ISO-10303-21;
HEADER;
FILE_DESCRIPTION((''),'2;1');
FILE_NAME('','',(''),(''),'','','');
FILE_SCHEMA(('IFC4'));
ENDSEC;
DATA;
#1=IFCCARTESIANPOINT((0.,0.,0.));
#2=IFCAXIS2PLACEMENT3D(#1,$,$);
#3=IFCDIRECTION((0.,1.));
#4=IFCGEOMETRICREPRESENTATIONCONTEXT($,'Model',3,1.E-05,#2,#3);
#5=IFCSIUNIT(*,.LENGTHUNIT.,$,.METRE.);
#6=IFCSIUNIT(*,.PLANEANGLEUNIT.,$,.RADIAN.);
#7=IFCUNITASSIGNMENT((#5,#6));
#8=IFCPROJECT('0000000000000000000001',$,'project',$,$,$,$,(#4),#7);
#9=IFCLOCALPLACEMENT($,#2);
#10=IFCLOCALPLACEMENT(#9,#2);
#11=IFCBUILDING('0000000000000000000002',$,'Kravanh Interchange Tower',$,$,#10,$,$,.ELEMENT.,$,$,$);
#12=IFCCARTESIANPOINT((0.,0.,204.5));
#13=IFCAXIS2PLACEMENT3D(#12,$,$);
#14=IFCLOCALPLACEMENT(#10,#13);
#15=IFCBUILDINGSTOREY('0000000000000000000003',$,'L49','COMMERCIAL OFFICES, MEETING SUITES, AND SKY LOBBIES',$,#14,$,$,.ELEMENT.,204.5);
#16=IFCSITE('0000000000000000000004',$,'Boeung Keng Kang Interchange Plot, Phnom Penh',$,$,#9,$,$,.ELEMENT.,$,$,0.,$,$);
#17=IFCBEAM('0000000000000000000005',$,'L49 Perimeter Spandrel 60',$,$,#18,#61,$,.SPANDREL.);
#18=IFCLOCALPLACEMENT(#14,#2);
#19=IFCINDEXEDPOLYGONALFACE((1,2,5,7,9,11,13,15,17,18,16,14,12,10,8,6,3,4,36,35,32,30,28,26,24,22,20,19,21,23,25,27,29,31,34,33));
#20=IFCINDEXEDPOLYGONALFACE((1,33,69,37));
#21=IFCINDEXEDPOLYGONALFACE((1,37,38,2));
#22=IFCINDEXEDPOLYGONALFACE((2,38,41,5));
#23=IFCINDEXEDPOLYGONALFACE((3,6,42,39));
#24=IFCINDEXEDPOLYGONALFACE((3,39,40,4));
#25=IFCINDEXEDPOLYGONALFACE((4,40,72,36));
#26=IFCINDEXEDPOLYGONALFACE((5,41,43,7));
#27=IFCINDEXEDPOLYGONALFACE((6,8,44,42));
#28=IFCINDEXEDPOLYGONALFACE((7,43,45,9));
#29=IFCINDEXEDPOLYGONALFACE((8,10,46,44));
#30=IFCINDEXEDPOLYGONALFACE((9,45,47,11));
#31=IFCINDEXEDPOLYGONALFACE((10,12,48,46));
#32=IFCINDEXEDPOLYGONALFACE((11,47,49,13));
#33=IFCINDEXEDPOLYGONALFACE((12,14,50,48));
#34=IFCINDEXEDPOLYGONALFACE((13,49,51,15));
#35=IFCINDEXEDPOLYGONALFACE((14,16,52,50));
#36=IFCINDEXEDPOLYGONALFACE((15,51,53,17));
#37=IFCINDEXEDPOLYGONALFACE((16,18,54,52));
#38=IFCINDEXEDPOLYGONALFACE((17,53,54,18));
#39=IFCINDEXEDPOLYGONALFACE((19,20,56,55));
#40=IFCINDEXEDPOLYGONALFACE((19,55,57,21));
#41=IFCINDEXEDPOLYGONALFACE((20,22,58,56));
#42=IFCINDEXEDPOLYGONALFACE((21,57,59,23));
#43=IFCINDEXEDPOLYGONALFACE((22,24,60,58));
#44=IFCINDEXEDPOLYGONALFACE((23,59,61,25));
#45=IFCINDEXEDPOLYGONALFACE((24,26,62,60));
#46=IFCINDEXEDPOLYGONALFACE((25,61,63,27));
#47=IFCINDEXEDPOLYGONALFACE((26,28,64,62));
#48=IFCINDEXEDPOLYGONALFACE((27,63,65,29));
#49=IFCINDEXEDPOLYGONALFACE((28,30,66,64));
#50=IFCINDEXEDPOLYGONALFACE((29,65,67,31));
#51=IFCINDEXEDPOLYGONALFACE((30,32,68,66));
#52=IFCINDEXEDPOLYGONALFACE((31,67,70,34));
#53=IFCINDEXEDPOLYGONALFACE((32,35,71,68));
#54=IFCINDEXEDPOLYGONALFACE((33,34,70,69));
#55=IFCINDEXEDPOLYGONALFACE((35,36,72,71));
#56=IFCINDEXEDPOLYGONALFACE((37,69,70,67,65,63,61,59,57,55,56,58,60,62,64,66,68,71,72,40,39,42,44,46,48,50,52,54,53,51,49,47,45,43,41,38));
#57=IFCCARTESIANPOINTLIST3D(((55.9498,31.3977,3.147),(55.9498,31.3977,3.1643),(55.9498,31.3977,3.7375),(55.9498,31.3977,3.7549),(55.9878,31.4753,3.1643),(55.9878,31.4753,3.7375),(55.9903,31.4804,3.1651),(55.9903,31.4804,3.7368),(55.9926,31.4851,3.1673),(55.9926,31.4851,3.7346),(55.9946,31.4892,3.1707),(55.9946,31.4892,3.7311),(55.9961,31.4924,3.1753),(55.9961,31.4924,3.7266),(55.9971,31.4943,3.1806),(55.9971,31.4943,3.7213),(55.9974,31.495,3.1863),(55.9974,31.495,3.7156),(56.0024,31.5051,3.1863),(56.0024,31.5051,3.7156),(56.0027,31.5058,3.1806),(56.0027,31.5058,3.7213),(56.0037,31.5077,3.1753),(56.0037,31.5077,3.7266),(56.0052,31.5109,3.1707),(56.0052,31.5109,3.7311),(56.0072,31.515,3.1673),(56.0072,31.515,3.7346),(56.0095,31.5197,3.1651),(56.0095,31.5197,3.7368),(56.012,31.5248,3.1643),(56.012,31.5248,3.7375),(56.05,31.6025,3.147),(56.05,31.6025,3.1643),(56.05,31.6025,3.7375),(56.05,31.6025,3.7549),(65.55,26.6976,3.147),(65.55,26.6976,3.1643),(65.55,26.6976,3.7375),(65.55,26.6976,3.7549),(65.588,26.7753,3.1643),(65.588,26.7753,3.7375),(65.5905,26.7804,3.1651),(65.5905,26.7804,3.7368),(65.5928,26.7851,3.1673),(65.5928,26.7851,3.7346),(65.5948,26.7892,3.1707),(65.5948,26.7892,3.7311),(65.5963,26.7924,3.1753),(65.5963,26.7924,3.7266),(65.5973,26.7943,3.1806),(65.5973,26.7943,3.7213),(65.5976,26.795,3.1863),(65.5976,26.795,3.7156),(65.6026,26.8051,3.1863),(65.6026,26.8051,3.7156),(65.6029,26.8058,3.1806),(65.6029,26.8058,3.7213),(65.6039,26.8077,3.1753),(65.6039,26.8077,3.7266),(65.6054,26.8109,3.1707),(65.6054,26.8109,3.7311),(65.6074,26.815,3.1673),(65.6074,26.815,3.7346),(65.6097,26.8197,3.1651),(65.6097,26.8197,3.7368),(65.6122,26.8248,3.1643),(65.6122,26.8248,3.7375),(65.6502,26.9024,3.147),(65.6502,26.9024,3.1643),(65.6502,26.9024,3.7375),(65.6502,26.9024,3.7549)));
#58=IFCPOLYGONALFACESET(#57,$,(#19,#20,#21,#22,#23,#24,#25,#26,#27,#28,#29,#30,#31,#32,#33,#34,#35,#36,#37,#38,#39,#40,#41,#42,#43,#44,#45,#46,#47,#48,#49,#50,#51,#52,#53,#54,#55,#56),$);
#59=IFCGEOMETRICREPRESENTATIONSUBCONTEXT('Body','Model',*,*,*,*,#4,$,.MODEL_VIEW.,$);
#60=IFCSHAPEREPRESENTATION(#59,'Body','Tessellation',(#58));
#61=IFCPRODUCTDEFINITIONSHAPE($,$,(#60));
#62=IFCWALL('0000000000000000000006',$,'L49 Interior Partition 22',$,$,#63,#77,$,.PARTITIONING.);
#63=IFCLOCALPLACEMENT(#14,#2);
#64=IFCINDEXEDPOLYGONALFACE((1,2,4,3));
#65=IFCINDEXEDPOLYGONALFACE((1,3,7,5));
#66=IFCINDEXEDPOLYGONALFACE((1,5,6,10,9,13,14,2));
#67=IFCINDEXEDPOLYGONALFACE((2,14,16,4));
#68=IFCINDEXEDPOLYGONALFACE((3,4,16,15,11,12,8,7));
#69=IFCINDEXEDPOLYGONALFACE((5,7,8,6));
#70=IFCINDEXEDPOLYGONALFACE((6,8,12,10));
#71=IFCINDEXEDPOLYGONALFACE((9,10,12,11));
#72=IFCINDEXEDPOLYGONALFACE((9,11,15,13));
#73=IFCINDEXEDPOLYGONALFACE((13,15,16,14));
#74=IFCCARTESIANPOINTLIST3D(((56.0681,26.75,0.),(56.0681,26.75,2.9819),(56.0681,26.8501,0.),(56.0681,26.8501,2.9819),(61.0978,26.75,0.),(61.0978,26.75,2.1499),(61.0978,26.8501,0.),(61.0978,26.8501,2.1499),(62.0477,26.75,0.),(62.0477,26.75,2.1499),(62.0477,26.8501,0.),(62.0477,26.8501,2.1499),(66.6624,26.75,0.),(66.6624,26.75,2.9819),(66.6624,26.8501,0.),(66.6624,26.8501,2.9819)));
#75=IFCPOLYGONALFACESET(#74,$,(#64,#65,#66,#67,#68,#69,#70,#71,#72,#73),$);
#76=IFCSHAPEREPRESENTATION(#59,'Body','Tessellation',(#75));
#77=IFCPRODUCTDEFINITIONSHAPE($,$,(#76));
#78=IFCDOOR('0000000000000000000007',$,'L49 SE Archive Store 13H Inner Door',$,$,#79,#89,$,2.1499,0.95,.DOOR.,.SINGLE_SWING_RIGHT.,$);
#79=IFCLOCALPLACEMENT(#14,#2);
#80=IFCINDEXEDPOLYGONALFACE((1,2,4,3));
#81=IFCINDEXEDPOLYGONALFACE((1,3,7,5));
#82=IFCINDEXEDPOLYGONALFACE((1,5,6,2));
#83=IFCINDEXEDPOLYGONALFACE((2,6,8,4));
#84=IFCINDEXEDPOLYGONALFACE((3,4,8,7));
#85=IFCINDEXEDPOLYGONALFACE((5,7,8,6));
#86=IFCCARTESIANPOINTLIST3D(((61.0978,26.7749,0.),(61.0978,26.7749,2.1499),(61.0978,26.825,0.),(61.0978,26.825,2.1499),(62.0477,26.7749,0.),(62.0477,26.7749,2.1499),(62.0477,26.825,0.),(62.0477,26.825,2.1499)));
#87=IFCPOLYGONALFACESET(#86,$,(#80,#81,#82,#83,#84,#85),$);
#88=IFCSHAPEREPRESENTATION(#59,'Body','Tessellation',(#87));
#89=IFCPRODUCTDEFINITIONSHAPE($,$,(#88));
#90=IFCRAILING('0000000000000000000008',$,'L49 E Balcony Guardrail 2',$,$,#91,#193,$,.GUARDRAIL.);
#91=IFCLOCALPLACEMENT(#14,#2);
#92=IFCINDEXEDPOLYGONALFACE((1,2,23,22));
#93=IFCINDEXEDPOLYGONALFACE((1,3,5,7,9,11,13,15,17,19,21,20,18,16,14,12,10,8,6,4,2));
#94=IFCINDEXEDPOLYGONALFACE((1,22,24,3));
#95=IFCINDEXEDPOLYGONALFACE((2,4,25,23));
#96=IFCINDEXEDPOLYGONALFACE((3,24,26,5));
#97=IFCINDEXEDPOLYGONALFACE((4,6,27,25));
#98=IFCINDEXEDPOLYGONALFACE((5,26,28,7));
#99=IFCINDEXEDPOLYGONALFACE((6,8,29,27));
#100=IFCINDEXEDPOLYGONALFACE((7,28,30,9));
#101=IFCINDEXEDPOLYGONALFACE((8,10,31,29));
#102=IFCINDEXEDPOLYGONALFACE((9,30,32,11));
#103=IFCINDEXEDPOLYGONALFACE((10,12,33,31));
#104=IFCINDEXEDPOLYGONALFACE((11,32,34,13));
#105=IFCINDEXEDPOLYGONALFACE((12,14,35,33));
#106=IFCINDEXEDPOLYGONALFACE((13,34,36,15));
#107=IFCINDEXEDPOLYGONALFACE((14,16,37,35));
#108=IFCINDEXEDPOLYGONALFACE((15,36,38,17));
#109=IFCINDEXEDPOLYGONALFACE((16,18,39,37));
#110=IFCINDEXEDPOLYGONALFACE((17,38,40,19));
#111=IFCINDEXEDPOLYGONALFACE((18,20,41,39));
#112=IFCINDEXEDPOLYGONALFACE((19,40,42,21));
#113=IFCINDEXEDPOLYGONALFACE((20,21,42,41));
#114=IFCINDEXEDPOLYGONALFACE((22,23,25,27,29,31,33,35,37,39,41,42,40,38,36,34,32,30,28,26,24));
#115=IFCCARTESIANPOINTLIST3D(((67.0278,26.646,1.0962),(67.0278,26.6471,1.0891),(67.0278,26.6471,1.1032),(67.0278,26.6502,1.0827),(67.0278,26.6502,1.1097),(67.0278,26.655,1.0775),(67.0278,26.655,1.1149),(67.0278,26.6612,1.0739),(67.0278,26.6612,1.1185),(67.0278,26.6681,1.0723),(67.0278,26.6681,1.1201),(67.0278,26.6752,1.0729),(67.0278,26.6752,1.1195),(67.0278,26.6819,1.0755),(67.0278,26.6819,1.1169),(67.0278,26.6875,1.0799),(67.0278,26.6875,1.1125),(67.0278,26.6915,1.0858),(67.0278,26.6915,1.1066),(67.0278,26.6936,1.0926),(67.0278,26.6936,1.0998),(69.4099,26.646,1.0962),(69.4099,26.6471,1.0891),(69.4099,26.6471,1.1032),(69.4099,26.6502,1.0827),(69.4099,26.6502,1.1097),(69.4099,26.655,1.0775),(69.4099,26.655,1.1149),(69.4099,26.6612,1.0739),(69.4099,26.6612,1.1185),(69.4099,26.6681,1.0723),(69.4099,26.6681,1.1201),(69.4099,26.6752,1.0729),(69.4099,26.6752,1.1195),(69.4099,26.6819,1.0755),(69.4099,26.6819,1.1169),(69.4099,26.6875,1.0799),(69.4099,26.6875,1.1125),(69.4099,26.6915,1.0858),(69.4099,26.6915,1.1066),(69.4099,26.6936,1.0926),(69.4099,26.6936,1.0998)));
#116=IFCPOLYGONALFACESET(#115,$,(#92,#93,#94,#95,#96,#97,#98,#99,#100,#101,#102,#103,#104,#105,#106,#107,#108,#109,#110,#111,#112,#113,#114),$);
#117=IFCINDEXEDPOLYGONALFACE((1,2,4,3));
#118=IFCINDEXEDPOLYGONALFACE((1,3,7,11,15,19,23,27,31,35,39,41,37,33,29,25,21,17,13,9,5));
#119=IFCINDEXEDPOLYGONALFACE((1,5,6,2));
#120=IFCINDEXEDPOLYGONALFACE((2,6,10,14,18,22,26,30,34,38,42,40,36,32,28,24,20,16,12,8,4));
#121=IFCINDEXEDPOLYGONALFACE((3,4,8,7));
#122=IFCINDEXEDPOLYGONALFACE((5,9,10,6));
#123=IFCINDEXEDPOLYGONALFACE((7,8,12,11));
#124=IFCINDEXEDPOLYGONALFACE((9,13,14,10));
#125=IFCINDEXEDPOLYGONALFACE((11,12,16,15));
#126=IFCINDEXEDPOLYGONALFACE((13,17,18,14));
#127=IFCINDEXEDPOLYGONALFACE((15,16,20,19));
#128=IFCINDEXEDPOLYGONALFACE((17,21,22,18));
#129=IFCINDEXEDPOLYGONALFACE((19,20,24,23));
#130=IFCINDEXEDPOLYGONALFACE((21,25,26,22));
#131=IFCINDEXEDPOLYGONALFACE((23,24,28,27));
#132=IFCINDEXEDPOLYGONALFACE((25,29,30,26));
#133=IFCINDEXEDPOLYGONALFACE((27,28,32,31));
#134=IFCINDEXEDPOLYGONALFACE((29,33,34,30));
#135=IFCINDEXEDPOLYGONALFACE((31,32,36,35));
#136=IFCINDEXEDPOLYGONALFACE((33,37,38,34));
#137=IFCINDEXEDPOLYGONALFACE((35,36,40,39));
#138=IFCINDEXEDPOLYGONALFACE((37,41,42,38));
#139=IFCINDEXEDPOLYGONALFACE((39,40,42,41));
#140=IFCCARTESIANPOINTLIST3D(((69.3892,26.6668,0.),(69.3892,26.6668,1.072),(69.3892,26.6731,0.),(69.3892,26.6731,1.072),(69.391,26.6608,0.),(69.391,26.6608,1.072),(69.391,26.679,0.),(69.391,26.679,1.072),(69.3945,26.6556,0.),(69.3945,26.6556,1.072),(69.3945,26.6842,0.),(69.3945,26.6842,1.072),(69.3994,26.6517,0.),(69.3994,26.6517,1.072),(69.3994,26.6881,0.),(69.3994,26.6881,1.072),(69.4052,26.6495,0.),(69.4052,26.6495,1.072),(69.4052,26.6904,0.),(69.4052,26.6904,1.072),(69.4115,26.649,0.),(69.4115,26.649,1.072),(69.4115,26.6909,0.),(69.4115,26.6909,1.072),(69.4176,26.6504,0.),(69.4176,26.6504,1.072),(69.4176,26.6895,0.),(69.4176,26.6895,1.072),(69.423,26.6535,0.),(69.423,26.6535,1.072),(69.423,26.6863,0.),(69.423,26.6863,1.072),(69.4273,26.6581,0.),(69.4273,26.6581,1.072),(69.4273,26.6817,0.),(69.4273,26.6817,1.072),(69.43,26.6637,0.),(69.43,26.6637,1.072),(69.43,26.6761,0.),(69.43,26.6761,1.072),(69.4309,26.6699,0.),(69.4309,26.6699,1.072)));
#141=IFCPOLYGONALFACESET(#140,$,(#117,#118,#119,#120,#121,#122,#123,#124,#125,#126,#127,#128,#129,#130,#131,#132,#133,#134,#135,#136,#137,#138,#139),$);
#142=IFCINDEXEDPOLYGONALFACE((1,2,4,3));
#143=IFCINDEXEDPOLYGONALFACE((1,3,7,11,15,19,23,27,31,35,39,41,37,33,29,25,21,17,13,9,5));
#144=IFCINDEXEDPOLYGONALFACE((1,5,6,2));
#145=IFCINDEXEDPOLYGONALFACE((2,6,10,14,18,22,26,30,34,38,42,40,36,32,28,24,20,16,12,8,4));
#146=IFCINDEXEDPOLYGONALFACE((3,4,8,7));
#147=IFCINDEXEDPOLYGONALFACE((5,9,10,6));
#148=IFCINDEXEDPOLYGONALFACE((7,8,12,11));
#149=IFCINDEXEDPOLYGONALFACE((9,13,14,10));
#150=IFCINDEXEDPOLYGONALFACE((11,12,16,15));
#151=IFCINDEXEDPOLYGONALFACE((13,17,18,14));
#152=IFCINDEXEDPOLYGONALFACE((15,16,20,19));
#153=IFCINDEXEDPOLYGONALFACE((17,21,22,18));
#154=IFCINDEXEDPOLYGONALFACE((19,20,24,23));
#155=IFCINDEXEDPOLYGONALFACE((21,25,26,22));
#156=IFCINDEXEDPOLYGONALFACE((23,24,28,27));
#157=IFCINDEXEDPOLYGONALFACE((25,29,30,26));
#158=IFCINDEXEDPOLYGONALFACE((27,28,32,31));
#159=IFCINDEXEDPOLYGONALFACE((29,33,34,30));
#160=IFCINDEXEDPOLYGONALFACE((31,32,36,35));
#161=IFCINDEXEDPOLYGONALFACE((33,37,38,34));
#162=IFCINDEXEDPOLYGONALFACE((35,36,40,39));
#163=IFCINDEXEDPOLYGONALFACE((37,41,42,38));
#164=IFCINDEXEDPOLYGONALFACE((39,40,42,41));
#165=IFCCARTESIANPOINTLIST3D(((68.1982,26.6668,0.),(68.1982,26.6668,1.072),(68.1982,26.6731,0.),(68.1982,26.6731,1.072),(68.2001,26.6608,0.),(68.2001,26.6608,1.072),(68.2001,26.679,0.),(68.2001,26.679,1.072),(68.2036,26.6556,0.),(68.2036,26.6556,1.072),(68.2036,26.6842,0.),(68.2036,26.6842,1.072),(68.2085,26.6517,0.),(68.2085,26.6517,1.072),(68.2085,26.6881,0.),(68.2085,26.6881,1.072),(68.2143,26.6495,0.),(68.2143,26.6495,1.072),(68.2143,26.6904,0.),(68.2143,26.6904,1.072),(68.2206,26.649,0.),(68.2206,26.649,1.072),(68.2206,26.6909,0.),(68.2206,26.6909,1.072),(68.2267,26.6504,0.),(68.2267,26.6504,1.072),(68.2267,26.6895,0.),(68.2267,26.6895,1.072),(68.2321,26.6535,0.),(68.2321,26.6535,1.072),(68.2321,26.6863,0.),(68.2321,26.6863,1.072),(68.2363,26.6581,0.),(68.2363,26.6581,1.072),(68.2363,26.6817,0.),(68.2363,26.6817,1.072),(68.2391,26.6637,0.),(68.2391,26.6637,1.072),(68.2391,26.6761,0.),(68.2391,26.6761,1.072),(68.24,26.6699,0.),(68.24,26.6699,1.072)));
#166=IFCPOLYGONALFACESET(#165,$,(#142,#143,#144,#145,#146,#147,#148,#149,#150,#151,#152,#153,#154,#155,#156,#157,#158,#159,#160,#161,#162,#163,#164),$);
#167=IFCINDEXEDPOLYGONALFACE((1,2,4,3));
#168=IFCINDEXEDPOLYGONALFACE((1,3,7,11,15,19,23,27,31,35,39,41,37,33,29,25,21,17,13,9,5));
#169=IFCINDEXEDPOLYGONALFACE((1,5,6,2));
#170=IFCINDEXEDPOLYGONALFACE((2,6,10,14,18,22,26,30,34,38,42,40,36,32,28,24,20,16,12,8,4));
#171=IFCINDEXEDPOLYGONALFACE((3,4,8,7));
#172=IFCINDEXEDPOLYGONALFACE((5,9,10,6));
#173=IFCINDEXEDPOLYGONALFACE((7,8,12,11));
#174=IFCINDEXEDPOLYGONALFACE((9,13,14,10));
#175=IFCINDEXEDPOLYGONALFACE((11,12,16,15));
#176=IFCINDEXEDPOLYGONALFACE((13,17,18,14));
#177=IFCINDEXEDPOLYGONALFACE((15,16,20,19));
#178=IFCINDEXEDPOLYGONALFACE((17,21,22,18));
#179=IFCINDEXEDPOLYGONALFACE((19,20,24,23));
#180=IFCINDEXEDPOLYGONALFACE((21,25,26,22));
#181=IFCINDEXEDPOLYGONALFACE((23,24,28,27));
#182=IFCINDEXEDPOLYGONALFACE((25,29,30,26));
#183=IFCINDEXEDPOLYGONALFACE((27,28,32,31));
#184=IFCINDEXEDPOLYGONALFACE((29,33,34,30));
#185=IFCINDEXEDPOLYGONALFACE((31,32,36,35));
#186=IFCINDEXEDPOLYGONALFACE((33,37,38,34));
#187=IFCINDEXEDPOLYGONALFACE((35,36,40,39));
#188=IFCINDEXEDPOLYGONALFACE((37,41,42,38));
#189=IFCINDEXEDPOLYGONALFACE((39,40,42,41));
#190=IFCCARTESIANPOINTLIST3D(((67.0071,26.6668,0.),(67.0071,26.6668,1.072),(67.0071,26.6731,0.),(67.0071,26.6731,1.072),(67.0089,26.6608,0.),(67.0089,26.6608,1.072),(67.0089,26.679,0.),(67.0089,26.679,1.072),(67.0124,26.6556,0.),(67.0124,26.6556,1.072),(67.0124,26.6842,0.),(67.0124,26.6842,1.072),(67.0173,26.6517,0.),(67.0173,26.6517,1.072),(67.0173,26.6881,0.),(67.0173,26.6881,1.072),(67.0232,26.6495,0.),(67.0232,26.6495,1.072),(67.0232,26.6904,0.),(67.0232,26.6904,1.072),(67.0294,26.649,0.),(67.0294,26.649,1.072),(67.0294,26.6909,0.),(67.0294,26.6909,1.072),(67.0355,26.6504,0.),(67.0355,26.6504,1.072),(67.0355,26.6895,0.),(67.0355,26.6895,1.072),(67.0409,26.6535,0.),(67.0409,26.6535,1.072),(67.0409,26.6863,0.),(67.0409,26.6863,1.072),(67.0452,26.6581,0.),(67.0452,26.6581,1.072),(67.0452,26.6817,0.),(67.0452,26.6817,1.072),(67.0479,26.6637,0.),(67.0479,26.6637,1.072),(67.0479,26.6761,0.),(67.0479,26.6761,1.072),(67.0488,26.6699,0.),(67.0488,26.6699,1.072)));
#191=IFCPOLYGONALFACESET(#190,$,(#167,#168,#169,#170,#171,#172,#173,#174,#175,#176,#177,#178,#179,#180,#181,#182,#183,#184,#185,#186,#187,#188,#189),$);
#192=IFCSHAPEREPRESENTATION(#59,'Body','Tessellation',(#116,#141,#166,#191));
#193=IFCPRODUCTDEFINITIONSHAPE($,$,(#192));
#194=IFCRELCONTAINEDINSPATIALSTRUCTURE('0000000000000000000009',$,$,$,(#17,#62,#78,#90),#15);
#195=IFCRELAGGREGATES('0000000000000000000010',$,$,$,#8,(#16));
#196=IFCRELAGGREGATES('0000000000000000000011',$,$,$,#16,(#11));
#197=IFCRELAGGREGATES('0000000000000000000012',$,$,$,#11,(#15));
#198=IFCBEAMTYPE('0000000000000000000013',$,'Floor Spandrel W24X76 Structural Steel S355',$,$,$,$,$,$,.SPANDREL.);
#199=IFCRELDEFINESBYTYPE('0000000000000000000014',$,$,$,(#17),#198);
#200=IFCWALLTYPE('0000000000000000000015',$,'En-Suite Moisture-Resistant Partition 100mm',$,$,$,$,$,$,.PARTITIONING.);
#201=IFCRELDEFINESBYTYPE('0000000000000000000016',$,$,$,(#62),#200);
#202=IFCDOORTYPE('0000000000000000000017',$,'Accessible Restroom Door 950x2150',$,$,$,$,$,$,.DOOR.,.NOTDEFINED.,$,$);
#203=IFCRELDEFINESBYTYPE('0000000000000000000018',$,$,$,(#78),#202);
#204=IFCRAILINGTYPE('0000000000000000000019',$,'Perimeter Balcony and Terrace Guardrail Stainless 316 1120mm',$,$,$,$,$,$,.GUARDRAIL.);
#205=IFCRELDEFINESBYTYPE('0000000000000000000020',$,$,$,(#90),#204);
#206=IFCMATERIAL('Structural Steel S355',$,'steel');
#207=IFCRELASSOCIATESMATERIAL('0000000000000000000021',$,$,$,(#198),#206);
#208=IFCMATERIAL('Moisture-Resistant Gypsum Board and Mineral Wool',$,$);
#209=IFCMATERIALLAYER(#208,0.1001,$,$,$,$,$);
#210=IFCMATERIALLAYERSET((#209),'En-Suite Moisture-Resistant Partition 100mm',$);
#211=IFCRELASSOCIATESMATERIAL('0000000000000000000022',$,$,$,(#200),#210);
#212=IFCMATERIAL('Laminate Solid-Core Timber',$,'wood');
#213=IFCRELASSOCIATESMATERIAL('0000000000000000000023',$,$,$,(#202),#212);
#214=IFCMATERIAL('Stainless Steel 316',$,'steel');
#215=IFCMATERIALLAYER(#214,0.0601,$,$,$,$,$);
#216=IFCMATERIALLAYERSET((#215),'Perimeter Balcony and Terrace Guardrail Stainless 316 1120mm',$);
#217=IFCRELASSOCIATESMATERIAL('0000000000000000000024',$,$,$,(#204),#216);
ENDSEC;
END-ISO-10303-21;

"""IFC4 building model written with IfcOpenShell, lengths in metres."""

from ifc_helpers import new_model, si_unit, direction, frame, frame_2d, origin, origin_2d, place, context, subcontext, project, spatial, rectangle, circle, i_section, extrude, material, layer, layer_set, material_profile, profile_set, type_object, element, fill, save


model = new_model("IFC4")

# Units and contexts
model_context = context("Model", 3, precision=1e-05, world=origin(), true_north=direction((0.0, 1.0)))
body_context = subcontext(model_context, "Body", "Model", "MODEL_VIEW")
ifc_project = project(units=[si_unit("LENGTHUNIT", "METRE"), si_unit("PLANEANGLEUNIT", "RADIAN")], contexts=[model_context])

# Site, building, storey
site_placement = place(None, origin())
site = spatial("IfcSite", under=ifc_project, at=site_placement, Name="Boeung Keng Kang Interchange Plot, Phnom Penh", CompositionType="ELEMENT", RefElevation=0.0)
building_placement = place(site_placement, origin())
building = spatial("IfcBuilding", under=site, at=building_placement, Name="Kravanh Interchange Tower", CompositionType="ELEMENT")
storey_placement = place(building_placement, frame((0.0, 0.0, 204.5)))
storey = spatial("IfcBuildingStorey", under=building, at=storey_placement, Name="L49", Description="COMMERCIAL OFFICES, MEETING SUITES, AND SKY LOBBIES", CompositionType="ELEMENT", Elevation=204.5)

# Beam
ifc_material_1 = material(Name="Structural Steel S355", Category="steel")
ifc_material_profile_1 = material_profile(ifc_material_1, i_section(OverallWidth=0.228, OverallDepth=0.6079, WebThickness=0.0112, FlangeThickness=0.0173, FilletRadius=0.022, at=origin_2d()), Name="W24X76")
ifc_profile_set_1 = profile_set([ifc_material_profile_1], Name="Structural Steel S355")
beam_type_1 = type_object("IfcBeamType", Name="Floor Spandrel W24X76 Structural Steel S355", PredefinedType="SPANDREL", material=ifc_profile_set_1)
beam_1_placement = place(storey_placement, frame((65.6001, 26.8, 3.4509), z_axis=(-0.898142, 0.439706, 0.0), x_axis=(-0.439706, -0.898142, 0.0)))
element("IfcBeam", 1, at=beam_1_placement, inside=storey, type_object=beam_type_1, Name="L49 Perimeter Spandrel 60", PredefinedType="SPANDREL", context=body_context, shape_type="SweptSolid", body=[
    extrude(i_section(OverallWidth=0.228, OverallDepth=0.6079, WebThickness=0.0112, FlangeThickness=0.0173, FilletRadius=0.022, at=origin_2d()), origin(), (0.0, 0.0, 1.0), 10.689),
])

# Wall, opening, door
ifc_material_2 = material(Name="Moisture-Resistant Gypsum Board and Mineral Wool")
ifc_layer_1 = layer(ifc_material_2, 0.1001)
ifc_layer_set_1 = layer_set([ifc_layer_1], Name="En-Suite Moisture-Resistant Partition 100mm")
wall_type = type_object("IfcWallType", Name="En-Suite Moisture-Resistant Partition 100mm", PredefinedType="PARTITIONING", material=ifc_layer_set_1)
wall_placement = place(storey_placement, frame((56.0681, 26.8, 0.0), z_axis=(0.0, 0.0, 1.0), x_axis=(1.0, 0.0, 0.0)))
wall = element("IfcWall", 2, at=wall_placement, inside=storey, type_object=wall_type, Name="L49 Interior Partition 22", PredefinedType="PARTITIONING", context=body_context, shape_type="SweptSolid", body=[
    extrude(rectangle(XDim=10.5942, YDim=0.1001, at=frame_2d((5.2971, 0.0))), origin(), (0.0, 0.0, 1.0), 2.9819),
])
opening_placement = place(wall_placement, frame((5.0295, 0.0, 0.0)))
opening = element("IfcOpeningElement", 3, at=opening_placement, cuts=wall, PredefinedType="OPENING", context=body_context, shape_type="SweptSolid", body=[
    extrude(rectangle(XDim=0.95, YDim=2.1499, at=frame_2d((0.4751, 1.075))), frame((0.0, 0.0601, 0.0), z_axis=(0.0, -1.0, 0.0), x_axis=(1.0, 0.0, 0.0)), (0.0, 0.0, 1.0), 0.1201),
])
ifc_material_3 = material(Name="Laminate Solid-Core Timber", Category="wood")
door_type = type_object("IfcDoorType", Name="Accessible Restroom Door 950x2150", OperationType="NOTDEFINED", PredefinedType="DOOR", material=ifc_material_3)
door_placement = place(opening_placement, origin())
door = element("IfcDoor", 4, at=door_placement, inside=storey, type_object=door_type, Name="L49 SE Archive Store 13H Inner Door", OperationType="SINGLE_SWING_RIGHT", OverallHeight=2.1499, OverallWidth=0.95, PredefinedType="DOOR", context=body_context, shape_type="SweptSolid", body=[
    extrude(rectangle(XDim=0.95, YDim=2.1499, at=frame_2d((0.4751, 1.075))), frame((0.0, 0.0249, 0.0), z_axis=(0.0, -1.0, 0.0), x_axis=(1.0, 0.0, 0.0)), (0.0, 0.0, 1.0), 0.05),
])
fill(opening, door)

# Railing
ifc_material_4 = material(Name="Stainless Steel 316", Category="steel")
ifc_layer_2 = layer(ifc_material_4, 0.0601)
ifc_layer_set_2 = layer_set([ifc_layer_2], Name="Perimeter Balcony and Terrace Guardrail Stainless 316 1120mm")
railing_type = type_object("IfcRailingType", Name="Perimeter Balcony and Terrace Guardrail Stainless 316 1120mm", PredefinedType="GUARDRAIL", material=ifc_layer_set_2)
railing_placement = place(storey_placement, frame((69.4099, 26.6699, 0.0)))
element("IfcRailing", 5, at=railing_placement, inside=storey, type_object=railing_type, Name="L49 E Balcony Guardrail 2", PredefinedType="GUARDRAIL", context=body_context, shape_type="SweptSolid", body=[
    extrude(circle(Radius=0.0239, at=origin_2d()), frame((0.0, 0.0, 1.0962), z_axis=(-1.0, 0.0, 0.0), x_axis=(0.0, -1.0, 0.0)), (0.0, 0.0, 1.0), 2.3821),
    extrude(circle(Radius=0.021, at=origin_2d()), origin(), (0.0, 0.0, 1.0), 1.072),
    extrude(circle(Radius=0.021, at=origin_2d()), frame((-1.1909, 0.0, 0.0)), (0.0, 0.0, 1.0), 1.072),
    extrude(circle(Radius=0.021, at=origin_2d()), frame((-2.3821, 0.0, 0.0)), (0.0, 0.0, 1.0), 1.072),
])

save(model, "model.ifc")
